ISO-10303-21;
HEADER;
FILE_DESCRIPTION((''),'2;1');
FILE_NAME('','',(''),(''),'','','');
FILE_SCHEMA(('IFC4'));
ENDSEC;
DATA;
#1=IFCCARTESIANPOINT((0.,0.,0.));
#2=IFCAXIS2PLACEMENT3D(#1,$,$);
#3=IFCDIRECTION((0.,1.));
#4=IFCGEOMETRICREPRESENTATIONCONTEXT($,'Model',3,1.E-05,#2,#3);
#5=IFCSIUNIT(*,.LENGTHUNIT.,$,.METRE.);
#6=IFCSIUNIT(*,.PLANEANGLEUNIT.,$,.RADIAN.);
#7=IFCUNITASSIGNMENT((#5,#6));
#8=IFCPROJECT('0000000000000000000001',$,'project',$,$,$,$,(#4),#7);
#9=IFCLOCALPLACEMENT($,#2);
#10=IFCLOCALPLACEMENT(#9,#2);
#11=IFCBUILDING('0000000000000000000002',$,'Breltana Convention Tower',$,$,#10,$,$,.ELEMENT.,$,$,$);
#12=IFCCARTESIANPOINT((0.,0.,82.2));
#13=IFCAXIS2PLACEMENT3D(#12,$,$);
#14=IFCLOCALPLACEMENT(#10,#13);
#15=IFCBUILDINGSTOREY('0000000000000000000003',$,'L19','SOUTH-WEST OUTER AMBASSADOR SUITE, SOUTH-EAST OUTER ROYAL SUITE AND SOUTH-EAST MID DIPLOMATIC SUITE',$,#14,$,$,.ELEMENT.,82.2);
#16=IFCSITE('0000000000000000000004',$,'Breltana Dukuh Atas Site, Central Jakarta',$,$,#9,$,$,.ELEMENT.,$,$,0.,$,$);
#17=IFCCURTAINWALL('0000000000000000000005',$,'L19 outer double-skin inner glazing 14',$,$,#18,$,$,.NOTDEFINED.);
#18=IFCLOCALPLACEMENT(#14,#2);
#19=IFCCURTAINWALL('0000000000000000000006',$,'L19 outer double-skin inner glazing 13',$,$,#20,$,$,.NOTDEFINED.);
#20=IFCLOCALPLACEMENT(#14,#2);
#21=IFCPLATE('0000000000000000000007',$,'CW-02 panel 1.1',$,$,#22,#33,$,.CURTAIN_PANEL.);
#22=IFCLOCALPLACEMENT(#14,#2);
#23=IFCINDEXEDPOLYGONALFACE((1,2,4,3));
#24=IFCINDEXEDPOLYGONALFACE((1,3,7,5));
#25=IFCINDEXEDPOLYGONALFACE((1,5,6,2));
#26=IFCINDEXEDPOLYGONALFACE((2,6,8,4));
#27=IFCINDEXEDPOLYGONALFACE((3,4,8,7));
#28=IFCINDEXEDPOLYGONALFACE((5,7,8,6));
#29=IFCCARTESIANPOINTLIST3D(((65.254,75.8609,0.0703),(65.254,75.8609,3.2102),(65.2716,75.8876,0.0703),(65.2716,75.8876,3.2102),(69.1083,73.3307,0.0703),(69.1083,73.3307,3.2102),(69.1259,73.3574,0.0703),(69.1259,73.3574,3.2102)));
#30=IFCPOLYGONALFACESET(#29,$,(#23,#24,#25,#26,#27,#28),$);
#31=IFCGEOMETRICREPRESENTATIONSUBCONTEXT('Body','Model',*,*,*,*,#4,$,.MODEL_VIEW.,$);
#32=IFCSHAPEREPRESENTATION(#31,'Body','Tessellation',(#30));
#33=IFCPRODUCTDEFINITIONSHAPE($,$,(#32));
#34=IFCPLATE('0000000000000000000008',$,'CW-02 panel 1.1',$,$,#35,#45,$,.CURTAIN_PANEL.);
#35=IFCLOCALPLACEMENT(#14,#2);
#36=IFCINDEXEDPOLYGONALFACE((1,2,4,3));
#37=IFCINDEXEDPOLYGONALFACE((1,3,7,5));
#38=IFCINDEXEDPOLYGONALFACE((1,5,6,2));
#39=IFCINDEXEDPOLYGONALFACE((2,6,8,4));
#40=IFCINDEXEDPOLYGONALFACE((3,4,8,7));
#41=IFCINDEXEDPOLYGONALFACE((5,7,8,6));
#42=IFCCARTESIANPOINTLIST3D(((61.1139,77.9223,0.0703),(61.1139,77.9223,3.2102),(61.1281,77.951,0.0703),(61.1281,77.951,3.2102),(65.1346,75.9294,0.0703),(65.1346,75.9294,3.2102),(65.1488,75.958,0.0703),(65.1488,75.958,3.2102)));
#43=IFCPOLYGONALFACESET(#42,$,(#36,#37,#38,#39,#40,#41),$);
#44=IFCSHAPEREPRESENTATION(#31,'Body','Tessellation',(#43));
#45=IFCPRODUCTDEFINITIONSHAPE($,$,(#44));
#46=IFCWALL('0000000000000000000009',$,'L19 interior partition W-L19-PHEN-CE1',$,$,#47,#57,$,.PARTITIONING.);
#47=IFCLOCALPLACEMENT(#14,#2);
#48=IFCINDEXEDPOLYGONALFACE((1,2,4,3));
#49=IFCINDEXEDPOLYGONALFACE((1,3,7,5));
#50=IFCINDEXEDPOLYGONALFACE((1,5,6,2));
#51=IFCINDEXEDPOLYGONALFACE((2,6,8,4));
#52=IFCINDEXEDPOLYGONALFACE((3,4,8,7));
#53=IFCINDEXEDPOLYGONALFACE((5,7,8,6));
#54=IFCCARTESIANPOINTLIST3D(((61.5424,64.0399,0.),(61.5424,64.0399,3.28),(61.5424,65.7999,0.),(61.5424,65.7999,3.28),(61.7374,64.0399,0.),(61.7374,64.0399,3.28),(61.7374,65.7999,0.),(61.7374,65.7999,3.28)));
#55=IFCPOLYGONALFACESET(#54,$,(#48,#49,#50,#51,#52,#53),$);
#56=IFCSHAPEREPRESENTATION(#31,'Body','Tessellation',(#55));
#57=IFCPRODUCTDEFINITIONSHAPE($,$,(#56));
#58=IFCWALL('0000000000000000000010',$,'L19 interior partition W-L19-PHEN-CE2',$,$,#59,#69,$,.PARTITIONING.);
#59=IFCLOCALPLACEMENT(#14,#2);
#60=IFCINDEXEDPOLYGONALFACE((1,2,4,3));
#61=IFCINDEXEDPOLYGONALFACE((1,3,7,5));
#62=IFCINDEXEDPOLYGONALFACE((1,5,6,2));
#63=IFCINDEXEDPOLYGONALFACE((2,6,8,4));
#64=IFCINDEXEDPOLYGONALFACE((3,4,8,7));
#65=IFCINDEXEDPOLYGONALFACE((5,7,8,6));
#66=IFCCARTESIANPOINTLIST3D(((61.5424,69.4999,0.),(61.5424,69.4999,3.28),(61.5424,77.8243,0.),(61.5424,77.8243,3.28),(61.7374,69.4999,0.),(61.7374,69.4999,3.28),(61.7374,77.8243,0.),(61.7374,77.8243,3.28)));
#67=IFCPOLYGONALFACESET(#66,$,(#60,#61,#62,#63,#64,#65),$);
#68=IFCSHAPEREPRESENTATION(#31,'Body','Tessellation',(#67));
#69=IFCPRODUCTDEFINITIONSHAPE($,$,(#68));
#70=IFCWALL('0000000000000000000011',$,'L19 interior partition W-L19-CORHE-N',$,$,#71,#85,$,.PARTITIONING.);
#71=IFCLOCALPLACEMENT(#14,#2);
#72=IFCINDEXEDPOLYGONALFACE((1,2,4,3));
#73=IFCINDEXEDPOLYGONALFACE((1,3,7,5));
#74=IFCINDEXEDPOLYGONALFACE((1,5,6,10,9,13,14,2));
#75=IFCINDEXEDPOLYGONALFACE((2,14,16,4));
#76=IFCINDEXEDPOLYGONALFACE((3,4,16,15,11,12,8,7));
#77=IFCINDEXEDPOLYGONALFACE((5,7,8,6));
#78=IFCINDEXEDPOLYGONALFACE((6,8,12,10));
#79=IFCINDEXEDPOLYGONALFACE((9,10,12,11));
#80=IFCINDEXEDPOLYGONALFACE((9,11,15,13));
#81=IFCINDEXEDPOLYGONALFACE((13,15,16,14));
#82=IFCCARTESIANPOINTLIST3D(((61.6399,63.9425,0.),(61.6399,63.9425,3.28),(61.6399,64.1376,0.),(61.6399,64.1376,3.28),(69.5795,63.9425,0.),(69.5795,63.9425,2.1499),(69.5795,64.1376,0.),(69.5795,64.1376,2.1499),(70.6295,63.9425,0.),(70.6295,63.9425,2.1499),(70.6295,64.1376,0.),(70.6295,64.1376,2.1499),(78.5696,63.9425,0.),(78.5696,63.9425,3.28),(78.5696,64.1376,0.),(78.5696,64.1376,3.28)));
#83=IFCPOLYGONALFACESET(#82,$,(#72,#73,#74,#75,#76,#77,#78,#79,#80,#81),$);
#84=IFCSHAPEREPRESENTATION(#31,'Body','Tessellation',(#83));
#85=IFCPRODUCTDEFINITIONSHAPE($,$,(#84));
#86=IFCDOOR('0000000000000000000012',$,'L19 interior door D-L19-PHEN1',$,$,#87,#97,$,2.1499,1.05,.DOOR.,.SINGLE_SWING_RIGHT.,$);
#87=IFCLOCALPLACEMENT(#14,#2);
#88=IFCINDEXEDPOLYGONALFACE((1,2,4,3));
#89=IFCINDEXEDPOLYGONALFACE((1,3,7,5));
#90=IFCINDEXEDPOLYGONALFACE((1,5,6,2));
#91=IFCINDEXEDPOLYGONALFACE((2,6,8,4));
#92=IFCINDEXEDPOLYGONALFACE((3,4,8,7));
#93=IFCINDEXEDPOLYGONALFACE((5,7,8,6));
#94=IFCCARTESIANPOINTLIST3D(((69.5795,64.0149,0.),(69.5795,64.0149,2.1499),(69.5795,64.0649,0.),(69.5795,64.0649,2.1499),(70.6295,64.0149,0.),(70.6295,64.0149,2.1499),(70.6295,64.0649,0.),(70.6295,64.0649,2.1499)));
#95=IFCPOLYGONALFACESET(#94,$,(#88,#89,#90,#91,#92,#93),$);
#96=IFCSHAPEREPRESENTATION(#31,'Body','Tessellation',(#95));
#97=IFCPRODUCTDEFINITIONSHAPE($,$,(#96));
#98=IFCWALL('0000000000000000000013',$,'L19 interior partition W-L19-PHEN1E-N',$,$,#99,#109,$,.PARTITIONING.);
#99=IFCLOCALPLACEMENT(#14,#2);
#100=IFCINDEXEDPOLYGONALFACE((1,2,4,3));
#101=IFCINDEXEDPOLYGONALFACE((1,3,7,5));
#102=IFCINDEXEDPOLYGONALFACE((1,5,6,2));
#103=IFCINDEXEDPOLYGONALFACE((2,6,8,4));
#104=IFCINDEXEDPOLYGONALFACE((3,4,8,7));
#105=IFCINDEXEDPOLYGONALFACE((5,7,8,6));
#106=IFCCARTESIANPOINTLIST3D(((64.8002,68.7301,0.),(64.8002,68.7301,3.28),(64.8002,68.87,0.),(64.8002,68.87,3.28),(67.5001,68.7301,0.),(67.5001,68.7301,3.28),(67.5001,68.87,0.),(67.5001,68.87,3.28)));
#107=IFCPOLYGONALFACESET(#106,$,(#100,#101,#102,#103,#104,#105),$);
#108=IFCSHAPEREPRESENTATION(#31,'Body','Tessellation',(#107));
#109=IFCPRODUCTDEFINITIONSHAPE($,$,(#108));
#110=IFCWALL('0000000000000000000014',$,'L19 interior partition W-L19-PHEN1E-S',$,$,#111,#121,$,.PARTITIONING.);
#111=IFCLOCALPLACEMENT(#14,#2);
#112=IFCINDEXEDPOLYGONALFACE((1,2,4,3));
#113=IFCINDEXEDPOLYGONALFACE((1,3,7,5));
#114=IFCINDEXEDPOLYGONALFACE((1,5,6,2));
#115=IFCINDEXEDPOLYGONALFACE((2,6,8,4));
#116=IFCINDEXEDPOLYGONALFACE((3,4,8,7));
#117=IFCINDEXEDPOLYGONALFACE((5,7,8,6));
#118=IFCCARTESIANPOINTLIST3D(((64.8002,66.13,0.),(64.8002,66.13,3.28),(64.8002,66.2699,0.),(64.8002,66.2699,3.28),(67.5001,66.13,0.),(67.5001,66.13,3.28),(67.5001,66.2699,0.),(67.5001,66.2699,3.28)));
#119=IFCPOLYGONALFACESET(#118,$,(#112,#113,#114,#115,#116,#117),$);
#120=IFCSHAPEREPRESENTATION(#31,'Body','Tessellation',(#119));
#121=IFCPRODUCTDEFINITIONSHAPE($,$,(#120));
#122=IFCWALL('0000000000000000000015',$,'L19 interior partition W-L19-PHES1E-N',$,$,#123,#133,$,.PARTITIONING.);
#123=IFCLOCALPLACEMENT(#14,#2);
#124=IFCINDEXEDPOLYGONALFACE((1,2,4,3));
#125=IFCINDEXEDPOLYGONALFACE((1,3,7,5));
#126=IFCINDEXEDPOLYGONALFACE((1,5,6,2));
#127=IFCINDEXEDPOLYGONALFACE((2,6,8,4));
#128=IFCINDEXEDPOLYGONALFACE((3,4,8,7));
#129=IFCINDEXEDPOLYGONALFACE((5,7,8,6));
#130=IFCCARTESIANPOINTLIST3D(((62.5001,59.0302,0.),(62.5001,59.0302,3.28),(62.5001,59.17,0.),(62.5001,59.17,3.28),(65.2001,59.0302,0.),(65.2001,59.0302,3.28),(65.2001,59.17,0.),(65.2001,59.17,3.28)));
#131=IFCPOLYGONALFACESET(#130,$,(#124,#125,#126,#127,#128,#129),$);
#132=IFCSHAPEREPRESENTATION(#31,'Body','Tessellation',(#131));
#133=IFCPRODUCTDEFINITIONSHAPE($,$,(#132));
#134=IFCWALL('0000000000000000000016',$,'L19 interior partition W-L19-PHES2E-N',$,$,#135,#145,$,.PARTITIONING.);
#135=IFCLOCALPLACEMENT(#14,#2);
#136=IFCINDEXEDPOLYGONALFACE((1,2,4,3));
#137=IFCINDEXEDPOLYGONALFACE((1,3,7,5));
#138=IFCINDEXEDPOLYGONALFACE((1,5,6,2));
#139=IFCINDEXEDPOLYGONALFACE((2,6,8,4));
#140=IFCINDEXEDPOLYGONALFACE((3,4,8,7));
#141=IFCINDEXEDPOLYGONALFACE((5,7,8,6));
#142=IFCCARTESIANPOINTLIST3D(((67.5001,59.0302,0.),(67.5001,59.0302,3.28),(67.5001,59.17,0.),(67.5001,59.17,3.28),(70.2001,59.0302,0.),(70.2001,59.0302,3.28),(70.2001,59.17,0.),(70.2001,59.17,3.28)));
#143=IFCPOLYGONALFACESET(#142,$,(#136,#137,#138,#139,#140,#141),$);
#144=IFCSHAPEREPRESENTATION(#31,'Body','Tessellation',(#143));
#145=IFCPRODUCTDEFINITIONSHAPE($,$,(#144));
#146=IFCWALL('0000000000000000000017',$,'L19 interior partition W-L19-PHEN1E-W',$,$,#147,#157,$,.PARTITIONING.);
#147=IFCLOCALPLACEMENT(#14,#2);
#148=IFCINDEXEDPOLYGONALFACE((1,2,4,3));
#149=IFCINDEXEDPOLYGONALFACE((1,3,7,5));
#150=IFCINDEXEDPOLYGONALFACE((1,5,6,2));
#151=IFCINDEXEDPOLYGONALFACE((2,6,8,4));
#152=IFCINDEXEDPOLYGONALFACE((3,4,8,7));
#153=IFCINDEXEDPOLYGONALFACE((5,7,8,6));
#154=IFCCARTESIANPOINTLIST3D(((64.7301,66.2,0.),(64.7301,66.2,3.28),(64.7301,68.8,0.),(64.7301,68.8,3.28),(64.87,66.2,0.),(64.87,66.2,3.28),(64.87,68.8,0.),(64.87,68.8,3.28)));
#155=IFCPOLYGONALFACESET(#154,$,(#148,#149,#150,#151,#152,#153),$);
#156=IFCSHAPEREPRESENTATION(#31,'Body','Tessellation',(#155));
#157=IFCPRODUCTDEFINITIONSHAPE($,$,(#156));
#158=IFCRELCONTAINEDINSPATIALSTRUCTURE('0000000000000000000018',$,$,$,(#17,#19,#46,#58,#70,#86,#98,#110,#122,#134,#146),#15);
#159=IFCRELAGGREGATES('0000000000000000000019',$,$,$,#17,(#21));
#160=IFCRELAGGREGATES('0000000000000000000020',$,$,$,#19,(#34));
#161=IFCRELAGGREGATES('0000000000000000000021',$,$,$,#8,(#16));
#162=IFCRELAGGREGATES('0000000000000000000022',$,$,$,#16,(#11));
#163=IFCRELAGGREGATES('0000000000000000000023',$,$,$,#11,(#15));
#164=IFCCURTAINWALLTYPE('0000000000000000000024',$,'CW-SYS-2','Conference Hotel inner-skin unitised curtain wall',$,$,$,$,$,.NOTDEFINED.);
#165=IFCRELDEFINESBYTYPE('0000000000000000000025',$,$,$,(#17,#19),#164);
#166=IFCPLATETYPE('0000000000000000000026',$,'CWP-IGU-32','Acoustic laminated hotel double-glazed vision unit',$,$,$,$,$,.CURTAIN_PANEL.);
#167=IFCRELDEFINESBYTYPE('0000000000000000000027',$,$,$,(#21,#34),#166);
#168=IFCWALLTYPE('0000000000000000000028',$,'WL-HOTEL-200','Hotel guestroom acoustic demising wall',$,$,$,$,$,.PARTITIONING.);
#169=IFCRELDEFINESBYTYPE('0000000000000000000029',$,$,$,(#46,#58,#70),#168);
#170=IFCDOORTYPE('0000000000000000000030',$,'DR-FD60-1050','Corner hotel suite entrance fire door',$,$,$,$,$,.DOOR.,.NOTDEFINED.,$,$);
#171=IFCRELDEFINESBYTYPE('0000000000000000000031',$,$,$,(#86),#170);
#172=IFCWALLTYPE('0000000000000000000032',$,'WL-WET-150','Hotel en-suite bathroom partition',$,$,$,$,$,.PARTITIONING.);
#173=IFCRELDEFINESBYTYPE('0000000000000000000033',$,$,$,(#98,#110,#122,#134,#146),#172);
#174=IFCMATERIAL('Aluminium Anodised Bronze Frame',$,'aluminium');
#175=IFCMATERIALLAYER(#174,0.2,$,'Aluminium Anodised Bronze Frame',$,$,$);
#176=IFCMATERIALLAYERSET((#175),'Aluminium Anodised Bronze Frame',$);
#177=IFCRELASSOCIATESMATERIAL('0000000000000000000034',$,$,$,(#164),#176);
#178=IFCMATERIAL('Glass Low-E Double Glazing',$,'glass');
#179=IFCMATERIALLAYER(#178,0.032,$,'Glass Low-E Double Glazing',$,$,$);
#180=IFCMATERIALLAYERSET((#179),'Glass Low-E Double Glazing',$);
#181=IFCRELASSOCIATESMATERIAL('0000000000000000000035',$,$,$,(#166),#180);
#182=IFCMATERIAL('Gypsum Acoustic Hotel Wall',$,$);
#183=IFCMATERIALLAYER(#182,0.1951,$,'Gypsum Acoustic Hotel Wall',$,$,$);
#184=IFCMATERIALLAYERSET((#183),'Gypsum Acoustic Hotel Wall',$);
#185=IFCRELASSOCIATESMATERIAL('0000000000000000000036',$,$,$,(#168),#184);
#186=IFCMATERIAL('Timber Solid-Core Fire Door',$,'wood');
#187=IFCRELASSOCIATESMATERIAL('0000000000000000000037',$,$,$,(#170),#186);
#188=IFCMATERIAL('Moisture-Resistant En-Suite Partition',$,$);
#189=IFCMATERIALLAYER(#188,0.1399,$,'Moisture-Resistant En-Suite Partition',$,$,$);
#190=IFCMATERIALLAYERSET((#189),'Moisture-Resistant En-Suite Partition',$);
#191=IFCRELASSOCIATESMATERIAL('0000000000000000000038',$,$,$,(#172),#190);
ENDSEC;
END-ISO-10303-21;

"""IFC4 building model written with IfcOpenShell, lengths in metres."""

from ifc_helpers import new_model, si_unit, direction, frame, frame_2d, origin, origin_2d, place, context, subcontext, project, spatial, rectangle, extrude, source, transform, mapped, material, layer, layer_set, type_object, type_shapes, element, fill, aggregate, save


model = new_model("IFC4")

# Units and contexts
model_context = context("Model", 3, precision=1e-05, world=origin(), true_north=direction((0.0, 1.0)))
body_context = subcontext(model_context, "Body", "Model", "MODEL_VIEW")
ifc_project = project(units=[si_unit("LENGTHUNIT", "METRE"), si_unit("PLANEANGLEUNIT", "RADIAN")], contexts=[model_context])

# Site, building, storey
site_placement = place(None, origin())
site = spatial("IfcSite", under=ifc_project, at=site_placement, Name="Breltana Dukuh Atas Site, Central Jakarta", CompositionType="ELEMENT", RefElevation=0.0)
building_placement = place(site_placement, origin())
building = spatial("IfcBuilding", under=site, at=building_placement, Name="Breltana Convention Tower", CompositionType="ELEMENT")
storey_placement = place(building_placement, frame((0.0, 0.0, 82.2)))
storey = spatial("IfcBuildingStorey", under=building, at=storey_placement, Name="L19", Description="SOUTH-WEST OUTER AMBASSADOR SUITE, SOUTH-EAST OUTER ROYAL SUITE AND SOUTH-EAST MID DIPLOMATIC SUITE", CompositionType="ELEMENT", Elevation=82.2)

# Curtain wall
ifc_material_1 = material(Name="Aluminium Anodised Bronze Frame", Category="aluminium")
ifc_layer_1 = layer(ifc_material_1, 0.2, Name="Aluminium Anodised Bronze Frame")
ifc_layer_set_1 = layer_set([ifc_layer_1], Name="Aluminium Anodised Bronze Frame")
curtain_wall_type = type_object("IfcCurtainWallType", Name="CW-SYS-2", Description="Conference Hotel inner-skin unitised curtain wall", PredefinedType="NOTDEFINED", material=ifc_layer_set_1)
curtain_wall_1_placement = place(storey_placement, origin())
curtain_wall_1 = element("IfcCurtainWall", 1, at=curtain_wall_1_placement, inside=storey, type_object=curtain_wall_type, Name="L19 outer double-skin inner glazing 14", PredefinedType="NOTDEFINED")

# Curtain wall
curtain_wall_2_placement = place(storey_placement, origin())
curtain_wall_2 = element("IfcCurtainWall", 2, at=curtain_wall_2_placement, inside=storey, type_object=curtain_wall_type, Name="L19 outer double-skin inner glazing 13", PredefinedType="NOTDEFINED")

# Plates
ifc_material_2 = material(Name="Glass Low-E Double Glazing", Category="glass")
ifc_layer_2 = layer(ifc_material_2, 0.032, Name="Glass Low-E Double Glazing")
ifc_layer_set_2 = layer_set([ifc_layer_2], Name="Glass Low-E Double Glazing")
plate_type = type_object("IfcPlateType", Name="CWP-IGU-32", Description="Acoustic laminated hotel double-glazed vision unit", PredefinedType="CURTAIN_PANEL", material=ifc_layer_set_2)
shared_shape_1 = source(origin(), body_context, "Body", "SweptSolid", [
    extrude(rectangle(XDim=4.6106, YDim=0.032, at=origin_2d()), origin(), (0.0, 0.0, 1.0), 3.1399),
])
plate_1_placement = place(storey_placement, frame((67.1899, 74.6091, 0.0703), z_axis=(0.0, 0.0, 1.0), x_axis=(0.835964, -0.548784, 0.0)))
plate_1 = element("IfcPlate", 3, at=plate_1_placement, type_object=plate_type, Name="CW-02 panel 1.1", PredefinedType="CURTAIN_PANEL", context=body_context, shape_type="MappedRepresentation", body=[
    mapped(shared_shape_1, transform((0.0, 0.0, 0.0), scale=1.0)),
])
aggregate(curtain_wall_1, [plate_1])
shared_shape_2 = source(origin(), body_context, "Body", "SweptSolid", [
    extrude(rectangle(XDim=4.4875, YDim=0.032, at=origin_2d()), origin(), (0.0, 0.0, 1.0), 3.1399),
])
plate_2_placement = place(storey_placement, frame((63.1313, 76.9402, 0.0703), z_axis=(0.0, 0.0, 1.0), x_axis=(0.895973, -0.444108, 0.0)))
plate_2 = element("IfcPlate", 4, at=plate_2_placement, type_object=plate_type, Name="CW-02 panel 1.1", PredefinedType="CURTAIN_PANEL", context=body_context, shape_type="MappedRepresentation", body=[
    mapped(shared_shape_2, transform((0.0, 0.0, 0.0), scale=1.0)),
])
aggregate(curtain_wall_2, [plate_2])

# Walls
ifc_material_3 = material(Name="Gypsum Acoustic Hotel Wall")
ifc_layer_3 = layer(ifc_material_3, 0.1951, Name="Gypsum Acoustic Hotel Wall")
ifc_layer_set_3 = layer_set([ifc_layer_3], Name="Gypsum Acoustic Hotel Wall")
wall_type_1 = type_object("IfcWallType", Name="WL-HOTEL-200", Description="Hotel guestroom acoustic demising wall", PredefinedType="PARTITIONING", material=ifc_layer_set_3)
shared_shape_3 = source(origin(), body_context, "Body", "SweptSolid", [
    extrude(rectangle(XDim=1.76, YDim=0.1951, at=frame_2d((0.8799, 0.0))), origin(), (0.0, 0.0, 1.0), 3.28),
])
wall_1_placement = place(storey_placement, frame((61.6399, 64.04, 0.0), z_axis=(0.0, 0.0, 1.0), x_axis=(0.0, 1.0, 0.0)))
element("IfcWall", 5, at=wall_1_placement, inside=storey, type_object=wall_type_1, Name="L19 interior partition W-L19-PHEN-CE1", PredefinedType="PARTITIONING", context=body_context, shape_type="MappedRepresentation", body=[
    mapped(shared_shape_3, transform((0.0, 0.0, 0.0), scale=1.0)),
])
shared_shape_4 = source(origin(), body_context, "Body", "SweptSolid", [
    extrude(rectangle(XDim=8.3245, YDim=0.1951, at=frame_2d((4.1621, 0.0))), origin(), (0.0, 0.0, 1.0), 3.28),
])
wall_2_placement = place(storey_placement, frame((61.6399, 69.5, 0.0), z_axis=(0.0, 0.0, 1.0), x_axis=(0.0, 1.0, 0.0)))
element("IfcWall", 6, at=wall_2_placement, inside=storey, type_object=wall_type_1, Name="L19 interior partition W-L19-PHEN-CE2", PredefinedType="PARTITIONING", context=body_context, shape_type="MappedRepresentation", body=[
    mapped(shared_shape_4, transform((0.0, 0.0, 0.0), scale=1.0)),
])

# Wall, opening, door
shared_shape_5 = source(origin(), body_context, "Body", "SweptSolid", [
    extrude(rectangle(XDim=16.9297, YDim=0.1951, at=frame_2d((8.4648, 0.0))), origin(), (0.0, 0.0, 1.0), 3.28),
])
wall_3_placement = place(storey_placement, frame((61.6399, 64.04, 0.0), z_axis=(0.0, 0.0, 1.0), x_axis=(1.0, 0.0, 0.0)))
wall_3 = element("IfcWall", 7, at=wall_3_placement, inside=storey, type_object=wall_type_1, Name="L19 interior partition W-L19-CORHE-N", PredefinedType="PARTITIONING", context=body_context, shape_type="MappedRepresentation", body=[
    mapped(shared_shape_5, transform((0.0, 0.0, 0.0), scale=1.0)),
])
opening_1_placement = place(wall_3_placement, frame((7.9397, 0.0, 0.0)))
opening_1 = element("IfcOpeningElement", 8, at=opening_1_placement, cuts=wall_3, PredefinedType="OPENING", context=body_context, shape_type="SweptSolid", body=[
    extrude(rectangle(XDim=1.05, YDim=2.1499, at=frame_2d((0.5249, 1.075))), frame((0.0, 0.1074, 0.0), z_axis=(0.0, -1.0, 0.0), x_axis=(1.0, 0.0, 0.0)), (0.0, 0.0, 1.0), 0.2151),
])
ifc_material_4 = material(Name="Timber Solid-Core Fire Door", Category="wood")
door_type_1 = type_object("IfcDoorType", Name="DR-FD60-1050", Description="Corner hotel suite entrance fire door", OperationType="NOTDEFINED", PredefinedType="DOOR", material=ifc_material_4)
shared_shape_6 = source(origin(), body_context, "Body", "SweptSolid", [
    extrude(rectangle(XDim=1.05, YDim=2.1499, at=frame_2d((0.5249, 1.075))), frame((0.0, 0.0249, 0.0), z_axis=(0.0, -1.0, 0.0), x_axis=(1.0, 0.0, 0.0)), (0.0, 0.0, 1.0), 0.05),
])
type_shapes(door_type_1, [shared_shape_6])
door_1_placement = place(opening_1_placement, origin())
door_1 = element("IfcDoor", 9, at=door_1_placement, inside=storey, type_object=door_type_1, Name="L19 interior door D-L19-PHEN1", OperationType="SINGLE_SWING_RIGHT", OverallHeight=2.1499, OverallWidth=1.05, PredefinedType="DOOR", context=body_context, shape_type="MappedRepresentation", body=[
    mapped(shared_shape_6, transform((0.0, 0.0, 0.0), scale=1.0)),
])
fill(opening_1, door_1)

# Walls
ifc_material_5 = material(Name="Moisture-Resistant En-Suite Partition")
ifc_layer_4 = layer(ifc_material_5, 0.1399, Name="Moisture-Resistant En-Suite Partition")
ifc_layer_set_4 = layer_set([ifc_layer_4], Name="Moisture-Resistant En-Suite Partition")
wall_type_2 = type_object("IfcWallType", Name="WL-WET-150", Description="Hotel en-suite bathroom partition", PredefinedType="PARTITIONING", material=ifc_layer_set_4)
shared_shape_7 = source(origin(), body_context, "Body", "SweptSolid", [
    extrude(rectangle(XDim=2.7, YDim=0.1399, at=frame_2d((1.3501, 0.0))), origin(), (0.0, 0.0, 1.0), 3.28),
])
for number, where, z_axis, x_axis, name in (
    (10, (64.8, 68.8, 0.0), (0.0, 0.0, 1.0), (1.0, 0.0, 0.0), "L19 interior partition W-L19-PHEN1E-N"),
    (11, (64.8, 66.2, 0.0), (0.0, 0.0, 1.0), (1.0, 0.0, 0.0), "L19 interior partition W-L19-PHEN1E-S"),
    (12, (62.5, 59.1001, 0.0), (0.0, 0.0, 1.0), (1.0, 0.0, 0.0), "L19 interior partition W-L19-PHES1E-N"),
    (13, (67.5, 59.1001, 0.0), (0.0, 0.0, 1.0), (1.0, 0.0, 0.0), "L19 interior partition W-L19-PHES2E-N"),
):
    element("IfcWall", number, at=place(storey_placement, frame(where, z_axis=z_axis, x_axis=x_axis)), inside=storey, type_object=wall_type_2, Name=name, PredefinedType="PARTITIONING", context=body_context, shape_type="MappedRepresentation", body=[
        mapped(shared_shape_7, transform((0.0, 0.0, 0.0), scale=1.0)),
    ])
shared_shape_8 = source(origin(), body_context, "Body", "SweptSolid", [
    extrude(rectangle(XDim=2.6001, YDim=0.1399, at=frame_2d((1.3, 0.0))), origin(), (0.0, 0.0, 1.0), 3.28),
])
wall_4_placement = place(storey_placement, frame((64.8, 66.2, 0.0), z_axis=(0.0, 0.0, 1.0), x_axis=(0.0, 1.0, 0.0)))
element("IfcWall", 14, at=wall_4_placement, inside=storey, type_object=wall_type_2, Name="L19 interior partition W-L19-PHEN1E-W", PredefinedType="PARTITIONING", context=body_context, shape_type="MappedRepresentation", body=[
    mapped(shared_shape_8, transform((0.0, 0.0, 0.0), scale=1.0)),
])

save(model, "model.ifc")
